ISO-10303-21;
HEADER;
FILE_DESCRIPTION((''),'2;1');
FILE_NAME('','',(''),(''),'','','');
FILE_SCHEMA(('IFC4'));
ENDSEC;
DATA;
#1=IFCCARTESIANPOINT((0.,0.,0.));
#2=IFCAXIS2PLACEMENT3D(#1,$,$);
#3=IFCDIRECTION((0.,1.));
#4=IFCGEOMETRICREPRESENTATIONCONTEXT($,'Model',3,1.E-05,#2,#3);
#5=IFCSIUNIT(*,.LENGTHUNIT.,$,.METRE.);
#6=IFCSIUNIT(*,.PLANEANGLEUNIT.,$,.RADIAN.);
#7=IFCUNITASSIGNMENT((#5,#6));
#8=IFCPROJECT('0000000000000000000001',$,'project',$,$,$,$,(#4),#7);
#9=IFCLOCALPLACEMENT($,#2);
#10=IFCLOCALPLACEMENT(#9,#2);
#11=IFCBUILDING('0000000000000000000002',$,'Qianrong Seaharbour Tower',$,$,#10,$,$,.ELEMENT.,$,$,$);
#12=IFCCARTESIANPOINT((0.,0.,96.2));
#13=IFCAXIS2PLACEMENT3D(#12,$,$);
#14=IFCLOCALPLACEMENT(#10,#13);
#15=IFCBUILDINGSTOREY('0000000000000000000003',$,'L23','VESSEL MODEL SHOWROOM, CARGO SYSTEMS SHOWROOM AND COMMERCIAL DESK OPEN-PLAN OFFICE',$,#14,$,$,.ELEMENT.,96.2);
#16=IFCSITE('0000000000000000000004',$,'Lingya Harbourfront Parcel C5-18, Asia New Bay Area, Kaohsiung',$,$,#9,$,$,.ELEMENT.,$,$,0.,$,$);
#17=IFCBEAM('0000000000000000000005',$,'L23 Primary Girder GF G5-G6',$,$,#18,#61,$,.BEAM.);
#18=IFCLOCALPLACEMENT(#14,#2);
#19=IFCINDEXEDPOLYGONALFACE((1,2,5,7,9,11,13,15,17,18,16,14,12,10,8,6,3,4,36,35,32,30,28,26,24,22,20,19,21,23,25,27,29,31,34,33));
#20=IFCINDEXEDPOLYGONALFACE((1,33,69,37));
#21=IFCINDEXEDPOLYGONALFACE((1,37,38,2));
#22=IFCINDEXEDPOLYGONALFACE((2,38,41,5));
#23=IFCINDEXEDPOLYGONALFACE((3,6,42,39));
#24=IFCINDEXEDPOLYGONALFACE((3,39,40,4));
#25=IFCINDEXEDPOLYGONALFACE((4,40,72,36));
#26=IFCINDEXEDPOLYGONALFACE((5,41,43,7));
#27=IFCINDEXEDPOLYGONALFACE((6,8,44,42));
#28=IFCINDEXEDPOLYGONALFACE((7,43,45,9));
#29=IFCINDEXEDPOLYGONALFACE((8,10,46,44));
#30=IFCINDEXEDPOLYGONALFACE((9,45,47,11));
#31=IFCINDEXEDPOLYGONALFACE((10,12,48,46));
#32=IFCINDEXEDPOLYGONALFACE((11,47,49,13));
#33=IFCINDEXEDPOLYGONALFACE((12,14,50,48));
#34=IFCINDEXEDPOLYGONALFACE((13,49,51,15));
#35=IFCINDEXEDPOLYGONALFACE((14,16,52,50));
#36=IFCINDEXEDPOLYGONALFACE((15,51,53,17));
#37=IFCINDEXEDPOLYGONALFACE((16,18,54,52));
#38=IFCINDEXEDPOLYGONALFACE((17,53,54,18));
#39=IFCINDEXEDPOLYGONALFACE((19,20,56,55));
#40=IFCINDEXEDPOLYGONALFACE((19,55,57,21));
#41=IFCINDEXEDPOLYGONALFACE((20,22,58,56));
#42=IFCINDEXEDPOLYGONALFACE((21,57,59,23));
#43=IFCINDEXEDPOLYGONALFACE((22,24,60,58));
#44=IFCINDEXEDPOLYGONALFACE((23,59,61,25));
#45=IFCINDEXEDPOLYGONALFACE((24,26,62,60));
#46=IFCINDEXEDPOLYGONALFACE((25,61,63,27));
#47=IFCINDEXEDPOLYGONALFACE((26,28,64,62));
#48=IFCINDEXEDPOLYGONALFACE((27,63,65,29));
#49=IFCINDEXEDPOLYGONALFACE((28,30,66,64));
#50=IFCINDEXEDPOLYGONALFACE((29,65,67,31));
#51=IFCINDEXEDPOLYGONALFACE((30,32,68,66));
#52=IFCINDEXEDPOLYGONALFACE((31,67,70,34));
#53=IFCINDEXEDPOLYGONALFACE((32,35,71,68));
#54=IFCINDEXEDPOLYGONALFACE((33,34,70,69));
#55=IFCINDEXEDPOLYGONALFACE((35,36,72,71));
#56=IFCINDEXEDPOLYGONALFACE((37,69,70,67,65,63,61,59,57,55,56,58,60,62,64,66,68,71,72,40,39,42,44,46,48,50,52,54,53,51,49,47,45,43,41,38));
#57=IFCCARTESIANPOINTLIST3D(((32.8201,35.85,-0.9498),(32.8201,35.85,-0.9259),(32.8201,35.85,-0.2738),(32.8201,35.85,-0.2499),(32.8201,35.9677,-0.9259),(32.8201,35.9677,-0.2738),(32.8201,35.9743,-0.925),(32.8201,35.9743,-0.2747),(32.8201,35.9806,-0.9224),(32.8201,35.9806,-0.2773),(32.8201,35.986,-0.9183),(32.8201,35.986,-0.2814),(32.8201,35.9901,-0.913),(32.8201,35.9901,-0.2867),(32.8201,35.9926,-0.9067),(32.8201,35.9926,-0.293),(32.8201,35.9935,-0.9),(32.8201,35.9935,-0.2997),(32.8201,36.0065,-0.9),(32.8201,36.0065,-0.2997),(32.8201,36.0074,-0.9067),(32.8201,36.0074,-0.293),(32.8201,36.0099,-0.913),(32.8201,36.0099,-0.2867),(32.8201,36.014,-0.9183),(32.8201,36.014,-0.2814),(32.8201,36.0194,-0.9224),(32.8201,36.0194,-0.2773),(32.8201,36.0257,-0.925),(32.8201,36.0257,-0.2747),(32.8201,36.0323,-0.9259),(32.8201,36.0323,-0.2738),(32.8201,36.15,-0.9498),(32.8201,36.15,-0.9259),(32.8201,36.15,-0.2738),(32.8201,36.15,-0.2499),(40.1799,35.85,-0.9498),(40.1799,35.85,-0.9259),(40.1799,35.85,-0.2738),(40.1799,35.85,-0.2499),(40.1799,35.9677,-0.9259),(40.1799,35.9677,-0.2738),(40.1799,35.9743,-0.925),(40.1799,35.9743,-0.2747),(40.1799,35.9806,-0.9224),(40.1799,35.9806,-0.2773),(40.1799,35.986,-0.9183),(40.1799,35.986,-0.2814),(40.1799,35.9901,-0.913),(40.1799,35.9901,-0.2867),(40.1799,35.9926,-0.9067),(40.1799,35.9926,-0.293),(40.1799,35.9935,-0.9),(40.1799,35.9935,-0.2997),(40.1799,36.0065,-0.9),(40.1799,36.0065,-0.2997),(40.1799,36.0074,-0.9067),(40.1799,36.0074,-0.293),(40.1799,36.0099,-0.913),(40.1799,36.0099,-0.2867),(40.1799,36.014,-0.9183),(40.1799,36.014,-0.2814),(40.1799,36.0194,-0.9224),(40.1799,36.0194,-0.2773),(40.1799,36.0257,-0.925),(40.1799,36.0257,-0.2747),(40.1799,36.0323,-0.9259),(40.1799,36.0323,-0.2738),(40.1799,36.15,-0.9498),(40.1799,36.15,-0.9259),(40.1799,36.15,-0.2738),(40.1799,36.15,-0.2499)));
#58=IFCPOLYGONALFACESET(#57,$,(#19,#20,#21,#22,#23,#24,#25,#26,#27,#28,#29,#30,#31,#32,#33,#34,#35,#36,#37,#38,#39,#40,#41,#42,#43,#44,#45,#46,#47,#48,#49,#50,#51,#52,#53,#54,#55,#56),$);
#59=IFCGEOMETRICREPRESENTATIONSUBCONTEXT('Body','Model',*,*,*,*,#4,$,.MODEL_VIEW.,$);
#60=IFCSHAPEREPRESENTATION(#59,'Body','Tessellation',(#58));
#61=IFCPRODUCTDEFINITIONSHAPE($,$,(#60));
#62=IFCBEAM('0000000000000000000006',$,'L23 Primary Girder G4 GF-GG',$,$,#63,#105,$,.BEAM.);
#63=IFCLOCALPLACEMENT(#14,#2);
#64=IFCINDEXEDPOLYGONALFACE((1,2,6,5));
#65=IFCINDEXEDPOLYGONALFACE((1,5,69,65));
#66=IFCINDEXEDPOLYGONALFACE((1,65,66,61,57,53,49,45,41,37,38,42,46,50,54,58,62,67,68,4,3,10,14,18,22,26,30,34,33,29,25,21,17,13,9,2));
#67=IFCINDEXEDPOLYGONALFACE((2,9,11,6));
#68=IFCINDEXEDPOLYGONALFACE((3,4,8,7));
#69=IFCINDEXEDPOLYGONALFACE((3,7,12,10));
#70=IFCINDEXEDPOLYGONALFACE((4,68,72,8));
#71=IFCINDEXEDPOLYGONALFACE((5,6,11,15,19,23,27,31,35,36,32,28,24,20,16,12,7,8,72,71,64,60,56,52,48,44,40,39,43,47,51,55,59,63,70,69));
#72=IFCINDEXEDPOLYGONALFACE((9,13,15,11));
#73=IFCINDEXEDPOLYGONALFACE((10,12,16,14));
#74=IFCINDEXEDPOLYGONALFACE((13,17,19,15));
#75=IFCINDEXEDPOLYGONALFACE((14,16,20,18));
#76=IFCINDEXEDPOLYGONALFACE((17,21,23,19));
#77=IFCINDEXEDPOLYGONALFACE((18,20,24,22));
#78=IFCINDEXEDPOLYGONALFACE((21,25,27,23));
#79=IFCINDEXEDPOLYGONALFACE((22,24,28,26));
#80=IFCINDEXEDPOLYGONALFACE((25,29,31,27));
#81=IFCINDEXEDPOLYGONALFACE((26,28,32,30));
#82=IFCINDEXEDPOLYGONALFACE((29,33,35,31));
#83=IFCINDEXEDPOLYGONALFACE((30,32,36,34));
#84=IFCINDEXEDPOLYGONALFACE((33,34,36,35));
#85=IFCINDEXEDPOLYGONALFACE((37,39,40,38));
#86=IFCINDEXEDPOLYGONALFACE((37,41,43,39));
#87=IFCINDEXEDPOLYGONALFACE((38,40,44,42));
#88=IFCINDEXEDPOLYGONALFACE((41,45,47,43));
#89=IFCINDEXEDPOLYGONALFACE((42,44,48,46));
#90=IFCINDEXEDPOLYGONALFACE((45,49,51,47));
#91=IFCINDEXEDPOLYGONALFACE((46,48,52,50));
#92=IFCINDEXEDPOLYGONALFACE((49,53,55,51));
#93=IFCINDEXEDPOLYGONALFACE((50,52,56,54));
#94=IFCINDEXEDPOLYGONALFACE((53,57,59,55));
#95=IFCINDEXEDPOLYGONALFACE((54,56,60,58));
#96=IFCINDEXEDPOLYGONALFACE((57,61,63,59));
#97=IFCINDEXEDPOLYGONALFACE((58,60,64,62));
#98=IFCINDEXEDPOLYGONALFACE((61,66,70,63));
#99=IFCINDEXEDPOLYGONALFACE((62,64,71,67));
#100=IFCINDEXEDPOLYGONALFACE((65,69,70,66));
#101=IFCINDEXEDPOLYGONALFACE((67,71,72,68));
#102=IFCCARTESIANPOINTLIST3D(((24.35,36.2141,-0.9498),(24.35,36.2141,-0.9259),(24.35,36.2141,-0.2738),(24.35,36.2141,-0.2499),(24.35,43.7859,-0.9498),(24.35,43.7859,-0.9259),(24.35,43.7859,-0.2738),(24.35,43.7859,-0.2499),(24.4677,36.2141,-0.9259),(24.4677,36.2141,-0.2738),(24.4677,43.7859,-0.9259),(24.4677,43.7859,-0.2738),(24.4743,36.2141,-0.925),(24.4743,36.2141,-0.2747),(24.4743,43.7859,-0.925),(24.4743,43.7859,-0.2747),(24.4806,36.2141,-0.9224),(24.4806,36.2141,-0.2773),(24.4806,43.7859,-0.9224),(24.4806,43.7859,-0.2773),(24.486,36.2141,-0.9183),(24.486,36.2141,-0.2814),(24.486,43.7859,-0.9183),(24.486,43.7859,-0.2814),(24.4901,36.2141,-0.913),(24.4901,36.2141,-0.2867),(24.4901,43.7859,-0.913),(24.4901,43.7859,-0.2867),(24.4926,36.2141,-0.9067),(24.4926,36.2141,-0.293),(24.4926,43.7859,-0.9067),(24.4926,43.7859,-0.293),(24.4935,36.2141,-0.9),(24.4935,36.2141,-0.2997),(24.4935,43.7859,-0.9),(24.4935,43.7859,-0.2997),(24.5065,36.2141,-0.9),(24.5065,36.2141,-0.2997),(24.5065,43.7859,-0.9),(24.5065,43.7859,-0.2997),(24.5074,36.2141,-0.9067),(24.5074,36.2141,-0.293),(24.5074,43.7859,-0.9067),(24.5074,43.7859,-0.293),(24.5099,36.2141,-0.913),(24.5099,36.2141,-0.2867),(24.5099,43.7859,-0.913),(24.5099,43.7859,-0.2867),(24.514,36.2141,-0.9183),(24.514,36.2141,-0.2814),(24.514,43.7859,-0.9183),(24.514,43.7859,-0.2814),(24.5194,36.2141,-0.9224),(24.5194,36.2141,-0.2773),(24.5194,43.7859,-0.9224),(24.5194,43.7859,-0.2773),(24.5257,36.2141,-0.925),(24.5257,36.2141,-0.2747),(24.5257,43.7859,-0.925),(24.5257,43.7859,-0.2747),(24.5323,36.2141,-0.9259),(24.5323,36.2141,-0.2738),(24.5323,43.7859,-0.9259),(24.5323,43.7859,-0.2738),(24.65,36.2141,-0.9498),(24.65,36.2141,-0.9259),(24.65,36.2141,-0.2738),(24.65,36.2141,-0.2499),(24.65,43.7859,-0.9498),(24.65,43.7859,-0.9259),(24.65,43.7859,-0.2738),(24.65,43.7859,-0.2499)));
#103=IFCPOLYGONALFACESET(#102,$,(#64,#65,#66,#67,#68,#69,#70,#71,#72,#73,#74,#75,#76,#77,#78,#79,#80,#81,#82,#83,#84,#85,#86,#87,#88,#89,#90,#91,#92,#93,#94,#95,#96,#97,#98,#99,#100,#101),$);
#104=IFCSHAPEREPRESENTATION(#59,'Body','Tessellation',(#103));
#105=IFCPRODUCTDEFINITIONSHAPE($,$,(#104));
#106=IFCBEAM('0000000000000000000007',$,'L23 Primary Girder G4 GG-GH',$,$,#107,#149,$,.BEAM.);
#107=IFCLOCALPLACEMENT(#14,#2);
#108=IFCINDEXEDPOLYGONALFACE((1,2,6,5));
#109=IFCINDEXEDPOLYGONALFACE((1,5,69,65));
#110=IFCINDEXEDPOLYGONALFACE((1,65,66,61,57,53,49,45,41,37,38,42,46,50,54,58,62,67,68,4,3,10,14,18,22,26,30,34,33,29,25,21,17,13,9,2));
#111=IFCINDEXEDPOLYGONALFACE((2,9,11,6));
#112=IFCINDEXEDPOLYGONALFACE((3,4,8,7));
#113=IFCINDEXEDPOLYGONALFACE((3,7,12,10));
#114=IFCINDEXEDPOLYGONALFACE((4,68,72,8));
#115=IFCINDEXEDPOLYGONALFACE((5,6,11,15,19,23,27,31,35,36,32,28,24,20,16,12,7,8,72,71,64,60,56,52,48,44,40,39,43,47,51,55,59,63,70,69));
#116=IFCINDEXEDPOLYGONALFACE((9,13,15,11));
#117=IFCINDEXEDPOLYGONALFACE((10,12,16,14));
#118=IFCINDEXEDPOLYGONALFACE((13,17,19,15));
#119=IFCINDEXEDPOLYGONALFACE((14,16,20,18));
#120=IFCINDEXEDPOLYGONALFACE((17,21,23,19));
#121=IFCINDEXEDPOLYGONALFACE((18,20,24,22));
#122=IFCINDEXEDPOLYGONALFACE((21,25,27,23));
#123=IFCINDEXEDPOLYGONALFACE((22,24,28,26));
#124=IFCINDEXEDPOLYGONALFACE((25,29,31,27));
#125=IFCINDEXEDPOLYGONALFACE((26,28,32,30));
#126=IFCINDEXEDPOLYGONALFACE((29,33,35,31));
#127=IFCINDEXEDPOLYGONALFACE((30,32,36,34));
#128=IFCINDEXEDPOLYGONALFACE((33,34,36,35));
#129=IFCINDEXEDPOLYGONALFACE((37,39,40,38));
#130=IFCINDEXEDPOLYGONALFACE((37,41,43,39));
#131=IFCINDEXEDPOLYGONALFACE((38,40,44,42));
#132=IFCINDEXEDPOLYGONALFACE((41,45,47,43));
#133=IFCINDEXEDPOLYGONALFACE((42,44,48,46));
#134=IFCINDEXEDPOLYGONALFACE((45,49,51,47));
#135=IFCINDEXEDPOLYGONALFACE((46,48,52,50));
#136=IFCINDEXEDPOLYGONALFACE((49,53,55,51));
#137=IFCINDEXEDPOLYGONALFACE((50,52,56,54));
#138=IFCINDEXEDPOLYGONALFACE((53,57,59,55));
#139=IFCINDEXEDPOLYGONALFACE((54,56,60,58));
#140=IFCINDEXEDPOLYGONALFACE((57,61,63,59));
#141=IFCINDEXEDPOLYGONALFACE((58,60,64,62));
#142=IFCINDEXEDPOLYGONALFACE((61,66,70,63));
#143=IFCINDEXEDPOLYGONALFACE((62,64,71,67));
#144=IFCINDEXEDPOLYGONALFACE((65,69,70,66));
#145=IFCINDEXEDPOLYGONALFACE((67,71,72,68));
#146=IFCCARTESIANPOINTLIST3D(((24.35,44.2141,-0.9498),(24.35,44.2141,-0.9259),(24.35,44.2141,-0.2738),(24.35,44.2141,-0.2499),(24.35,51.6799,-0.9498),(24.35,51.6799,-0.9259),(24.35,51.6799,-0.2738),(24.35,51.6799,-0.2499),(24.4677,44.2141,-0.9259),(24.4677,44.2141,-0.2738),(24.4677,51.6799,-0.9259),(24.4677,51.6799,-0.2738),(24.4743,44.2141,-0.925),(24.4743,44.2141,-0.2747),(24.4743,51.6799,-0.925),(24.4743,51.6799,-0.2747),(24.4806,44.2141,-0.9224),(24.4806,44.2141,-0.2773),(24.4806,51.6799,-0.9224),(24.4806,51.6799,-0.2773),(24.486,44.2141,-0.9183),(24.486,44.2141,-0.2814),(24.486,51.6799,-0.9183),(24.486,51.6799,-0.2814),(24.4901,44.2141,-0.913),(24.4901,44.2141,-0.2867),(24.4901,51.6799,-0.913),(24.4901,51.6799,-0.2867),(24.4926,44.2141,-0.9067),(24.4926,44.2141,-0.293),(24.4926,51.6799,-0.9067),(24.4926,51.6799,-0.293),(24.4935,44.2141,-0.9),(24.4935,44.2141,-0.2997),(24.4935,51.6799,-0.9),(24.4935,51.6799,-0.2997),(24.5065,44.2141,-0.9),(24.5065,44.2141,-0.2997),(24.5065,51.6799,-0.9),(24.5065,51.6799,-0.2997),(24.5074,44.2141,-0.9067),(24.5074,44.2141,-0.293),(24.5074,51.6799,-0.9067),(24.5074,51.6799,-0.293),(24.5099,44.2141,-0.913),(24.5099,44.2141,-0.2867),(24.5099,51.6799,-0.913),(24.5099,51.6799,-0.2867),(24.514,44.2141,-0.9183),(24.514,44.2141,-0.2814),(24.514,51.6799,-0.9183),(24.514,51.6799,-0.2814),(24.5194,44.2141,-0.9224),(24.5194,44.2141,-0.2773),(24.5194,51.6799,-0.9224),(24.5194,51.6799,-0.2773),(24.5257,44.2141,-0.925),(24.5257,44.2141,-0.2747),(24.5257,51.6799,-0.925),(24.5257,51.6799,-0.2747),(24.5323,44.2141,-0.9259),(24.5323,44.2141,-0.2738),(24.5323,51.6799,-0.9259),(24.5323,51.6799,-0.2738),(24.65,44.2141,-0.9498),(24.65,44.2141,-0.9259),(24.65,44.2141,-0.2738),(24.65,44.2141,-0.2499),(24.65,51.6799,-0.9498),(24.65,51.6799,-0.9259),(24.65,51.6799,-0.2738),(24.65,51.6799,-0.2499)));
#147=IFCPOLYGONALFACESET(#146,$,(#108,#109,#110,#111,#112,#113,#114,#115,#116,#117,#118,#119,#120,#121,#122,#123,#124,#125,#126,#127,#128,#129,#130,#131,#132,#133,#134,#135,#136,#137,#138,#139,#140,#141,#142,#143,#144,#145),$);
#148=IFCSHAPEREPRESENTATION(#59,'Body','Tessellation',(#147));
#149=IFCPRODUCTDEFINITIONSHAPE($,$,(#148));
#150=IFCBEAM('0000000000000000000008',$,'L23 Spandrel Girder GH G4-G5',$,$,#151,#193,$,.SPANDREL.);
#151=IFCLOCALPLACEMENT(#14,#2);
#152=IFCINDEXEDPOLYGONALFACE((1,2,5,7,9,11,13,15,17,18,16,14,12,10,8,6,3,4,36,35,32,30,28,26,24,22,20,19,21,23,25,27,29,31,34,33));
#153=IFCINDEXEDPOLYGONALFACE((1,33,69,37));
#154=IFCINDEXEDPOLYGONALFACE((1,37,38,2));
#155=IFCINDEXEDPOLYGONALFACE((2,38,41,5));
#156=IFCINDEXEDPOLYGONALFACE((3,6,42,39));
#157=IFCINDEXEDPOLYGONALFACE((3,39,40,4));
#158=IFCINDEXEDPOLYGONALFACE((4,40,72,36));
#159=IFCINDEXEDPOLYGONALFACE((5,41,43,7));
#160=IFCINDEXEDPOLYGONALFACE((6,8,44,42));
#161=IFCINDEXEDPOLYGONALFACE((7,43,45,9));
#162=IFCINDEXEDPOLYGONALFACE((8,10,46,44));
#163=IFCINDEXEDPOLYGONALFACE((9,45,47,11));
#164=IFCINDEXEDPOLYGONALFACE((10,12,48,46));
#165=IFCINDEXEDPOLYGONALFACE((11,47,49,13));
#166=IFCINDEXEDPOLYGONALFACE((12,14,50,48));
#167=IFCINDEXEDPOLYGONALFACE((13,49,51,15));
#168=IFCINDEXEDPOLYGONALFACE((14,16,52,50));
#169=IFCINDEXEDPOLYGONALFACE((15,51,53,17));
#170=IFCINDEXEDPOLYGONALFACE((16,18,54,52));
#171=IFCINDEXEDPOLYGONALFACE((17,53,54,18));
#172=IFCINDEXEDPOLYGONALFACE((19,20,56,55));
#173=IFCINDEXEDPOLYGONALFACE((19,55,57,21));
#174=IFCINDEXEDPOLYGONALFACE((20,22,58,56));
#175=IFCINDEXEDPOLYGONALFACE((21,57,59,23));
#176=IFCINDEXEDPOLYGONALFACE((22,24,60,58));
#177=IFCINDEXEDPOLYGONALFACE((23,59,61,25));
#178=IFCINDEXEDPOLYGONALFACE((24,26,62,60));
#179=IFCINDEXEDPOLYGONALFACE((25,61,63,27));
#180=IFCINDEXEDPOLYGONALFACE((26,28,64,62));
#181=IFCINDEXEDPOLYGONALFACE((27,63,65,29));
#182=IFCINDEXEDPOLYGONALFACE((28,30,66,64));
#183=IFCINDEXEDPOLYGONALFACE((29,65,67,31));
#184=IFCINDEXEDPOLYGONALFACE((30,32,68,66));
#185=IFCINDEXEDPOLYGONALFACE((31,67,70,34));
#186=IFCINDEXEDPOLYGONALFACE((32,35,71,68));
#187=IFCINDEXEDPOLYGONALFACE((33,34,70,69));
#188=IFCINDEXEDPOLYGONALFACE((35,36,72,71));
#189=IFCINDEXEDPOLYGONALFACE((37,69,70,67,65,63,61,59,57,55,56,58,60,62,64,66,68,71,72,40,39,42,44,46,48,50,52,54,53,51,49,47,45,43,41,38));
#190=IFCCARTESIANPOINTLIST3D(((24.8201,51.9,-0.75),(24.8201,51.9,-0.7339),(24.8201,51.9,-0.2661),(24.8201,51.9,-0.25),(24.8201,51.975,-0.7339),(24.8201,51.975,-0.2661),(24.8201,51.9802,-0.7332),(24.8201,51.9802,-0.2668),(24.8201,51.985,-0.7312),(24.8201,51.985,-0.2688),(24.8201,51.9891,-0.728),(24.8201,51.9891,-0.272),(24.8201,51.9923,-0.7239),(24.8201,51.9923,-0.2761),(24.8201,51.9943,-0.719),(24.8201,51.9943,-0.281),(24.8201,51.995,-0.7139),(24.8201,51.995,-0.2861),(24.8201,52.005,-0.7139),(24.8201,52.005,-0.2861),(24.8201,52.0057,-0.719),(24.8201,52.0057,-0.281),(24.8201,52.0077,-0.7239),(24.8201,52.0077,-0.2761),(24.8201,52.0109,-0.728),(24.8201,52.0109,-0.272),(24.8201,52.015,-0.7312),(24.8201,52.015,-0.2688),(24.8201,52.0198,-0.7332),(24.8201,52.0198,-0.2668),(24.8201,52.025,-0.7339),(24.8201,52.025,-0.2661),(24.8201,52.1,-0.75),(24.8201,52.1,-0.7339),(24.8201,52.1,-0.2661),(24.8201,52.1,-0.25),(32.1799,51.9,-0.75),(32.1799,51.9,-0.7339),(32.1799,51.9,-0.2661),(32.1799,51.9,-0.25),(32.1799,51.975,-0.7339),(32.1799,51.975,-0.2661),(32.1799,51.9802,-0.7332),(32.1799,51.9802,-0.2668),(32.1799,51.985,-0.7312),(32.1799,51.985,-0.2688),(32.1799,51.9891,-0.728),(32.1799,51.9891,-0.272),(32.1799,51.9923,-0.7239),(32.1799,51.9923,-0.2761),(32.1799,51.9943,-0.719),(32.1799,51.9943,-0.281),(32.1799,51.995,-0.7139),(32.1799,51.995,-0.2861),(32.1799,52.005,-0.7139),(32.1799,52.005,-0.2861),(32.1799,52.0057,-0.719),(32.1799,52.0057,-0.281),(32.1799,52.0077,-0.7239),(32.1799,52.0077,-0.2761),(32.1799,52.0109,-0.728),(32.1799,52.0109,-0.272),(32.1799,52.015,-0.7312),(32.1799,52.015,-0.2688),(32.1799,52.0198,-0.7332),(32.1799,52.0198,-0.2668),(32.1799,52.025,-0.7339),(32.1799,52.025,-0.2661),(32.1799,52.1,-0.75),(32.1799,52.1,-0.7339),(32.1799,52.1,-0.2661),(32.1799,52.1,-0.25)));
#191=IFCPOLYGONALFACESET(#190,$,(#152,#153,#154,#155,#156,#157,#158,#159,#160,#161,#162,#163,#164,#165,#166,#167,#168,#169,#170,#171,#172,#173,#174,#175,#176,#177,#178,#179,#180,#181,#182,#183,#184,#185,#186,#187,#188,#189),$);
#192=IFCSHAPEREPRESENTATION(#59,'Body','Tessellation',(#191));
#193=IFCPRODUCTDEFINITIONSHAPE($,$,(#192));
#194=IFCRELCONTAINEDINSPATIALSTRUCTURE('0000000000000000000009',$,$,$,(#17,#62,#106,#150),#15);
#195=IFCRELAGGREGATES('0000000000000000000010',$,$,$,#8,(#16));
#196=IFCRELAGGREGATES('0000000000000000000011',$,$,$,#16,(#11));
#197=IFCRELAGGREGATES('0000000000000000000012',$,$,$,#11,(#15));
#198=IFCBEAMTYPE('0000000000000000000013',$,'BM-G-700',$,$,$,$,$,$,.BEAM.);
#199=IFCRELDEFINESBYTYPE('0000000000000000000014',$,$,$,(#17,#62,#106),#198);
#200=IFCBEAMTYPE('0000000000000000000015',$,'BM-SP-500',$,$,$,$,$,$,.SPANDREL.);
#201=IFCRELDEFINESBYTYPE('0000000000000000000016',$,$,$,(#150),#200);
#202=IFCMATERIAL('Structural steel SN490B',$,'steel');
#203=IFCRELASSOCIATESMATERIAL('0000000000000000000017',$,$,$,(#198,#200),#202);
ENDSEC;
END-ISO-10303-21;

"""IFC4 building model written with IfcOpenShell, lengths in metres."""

from ifc_helpers import new_model, si_unit, direction, frame, origin, origin_2d, place, context, subcontext, project, spatial, i_section, extrude, material, material_profile, profile_set, type_object, element, save


model = new_model("IFC4")

# Units and contexts
model_context = context("Model", 3, precision=1e-05, world=origin(), true_north=direction((0.0, 1.0)))
body_context = subcontext(model_context, "Body", "Model", "MODEL_VIEW")
ifc_project = project(units=[si_unit("LENGTHUNIT", "METRE"), si_unit("PLANEANGLEUNIT", "RADIAN")], contexts=[model_context])

# Site, building, storey
site_placement = place(None, origin())
site = spatial("IfcSite", under=ifc_project, at=site_placement, Name="Lingya Harbourfront Parcel C5-18, Asia New Bay Area, Kaohsiung", CompositionType="ELEMENT", RefElevation=0.0)
building_placement = place(site_placement, origin())
building = spatial("IfcBuilding", under=site, at=building_placement, Name="Qianrong Seaharbour Tower", CompositionType="ELEMENT")
storey_placement = place(building_placement, frame((0.0, 0.0, 96.2)))
storey = spatial("IfcBuildingStorey", under=building, at=storey_placement, Name="L23", Description="VESSEL MODEL SHOWROOM, CARGO SYSTEMS SHOWROOM AND COMMERCIAL DESK OPEN-PLAN OFFICE", CompositionType="ELEMENT", Elevation=96.2)

# Shared definitions
ifc_material_1 = material(Name="Structural steel SN490B", Category="steel")

# Beams
ifc_material_profile_1 = material_profile(ifc_material_1, i_section(OverallWidth=0.3, OverallDepth=0.7, WebThickness=0.0129, FlangeThickness=0.0239, FilletRadius=0.0259, at=origin_2d()), Name="H700x300x13x24")
ifc_profile_set_1 = profile_set([ifc_material_profile_1], Name="Structural steel SN490B")
beam_type_1 = type_object("IfcBeamType", Name="BM-G-700", PredefinedType="BEAM", material=ifc_profile_set_1)
beam_1_placement = place(storey_placement, frame((32.8201, 36.0, -0.5999), z_axis=(1.0, 0.0, 0.0), x_axis=(0.0, 1.0, 0.0)))
element("IfcBeam", 1, at=beam_1_placement, inside=storey, type_object=beam_type_1, Name="L23 Primary Girder GF G5-G6", PredefinedType="BEAM", context=body_context, shape_type="SweptSolid", body=[
    extrude(i_section(OverallWidth=0.3, OverallDepth=0.7, WebThickness=0.0129, FlangeThickness=0.0239, FilletRadius=0.0259, at=origin_2d()), origin(), (0.0, 0.0, 1.0), 7.3599),
])
beam_2_placement = place(storey_placement, frame((24.5, 36.2141, -0.5999), z_axis=(0.0, 1.0, 0.0), x_axis=(-1.0, 0.0, 0.0)))
element("IfcBeam", 2, at=beam_2_placement, inside=storey, type_object=beam_type_1, Name="L23 Primary Girder G4 GF-GG", PredefinedType="BEAM", context=body_context, shape_type="SweptSolid", body=[
    extrude(i_section(OverallWidth=0.3, OverallDepth=0.7, WebThickness=0.0129, FlangeThickness=0.0239, FilletRadius=0.0259, at=origin_2d()), origin(), (0.0, 0.0, 1.0), 7.5718),
])
beam_3_placement = place(storey_placement, frame((24.5, 44.2141, -0.5999), z_axis=(0.0, 1.0, 0.0), x_axis=(-1.0, 0.0, 0.0)))
element("IfcBeam", 3, at=beam_3_placement, inside=storey, type_object=beam_type_1, Name="L23 Primary Girder G4 GG-GH", PredefinedType="BEAM", context=body_context, shape_type="SweptSolid", body=[
    extrude(i_section(OverallWidth=0.3, OverallDepth=0.7, WebThickness=0.0129, FlangeThickness=0.0239, FilletRadius=0.0259, at=origin_2d()), origin(), (0.0, 0.0, 1.0), 7.4658),
])
ifc_material_profile_2 = material_profile(ifc_material_1, i_section(OverallWidth=0.2, OverallDepth=0.5, WebThickness=0.01, FlangeThickness=0.0161, FilletRadius=0.02, at=origin_2d()), Name="H500x200x10x16")
ifc_profile_set_2 = profile_set([ifc_material_profile_2], Name="Structural steel SN490B")
beam_type_2 = type_object("IfcBeamType", Name="BM-SP-500", PredefinedType="SPANDREL", material=ifc_profile_set_2)
for number, where, z_axis, x_axis, name in (
    (4, (24.8201, 52.0, -0.5), (1.0, 0.0, 0.0), (0.0, 1.0, 0.0), "L23 Spandrel Girder GH G4-G5"),
):
    element("IfcBeam", number, at=place(storey_placement, frame(where, z_axis=z_axis, x_axis=x_axis)), inside=storey, type_object=beam_type_2, Name=name, PredefinedType="SPANDREL", context=body_context, shape_type="SweptSolid", body=[
        extrude(i_section(OverallWidth=0.2, OverallDepth=0.5, WebThickness=0.01, FlangeThickness=0.0161, FilletRadius=0.02, at=origin_2d()), origin(), (0.0, 0.0, 1.0), 7.3599),
    ])

save(model, "model.ifc")
